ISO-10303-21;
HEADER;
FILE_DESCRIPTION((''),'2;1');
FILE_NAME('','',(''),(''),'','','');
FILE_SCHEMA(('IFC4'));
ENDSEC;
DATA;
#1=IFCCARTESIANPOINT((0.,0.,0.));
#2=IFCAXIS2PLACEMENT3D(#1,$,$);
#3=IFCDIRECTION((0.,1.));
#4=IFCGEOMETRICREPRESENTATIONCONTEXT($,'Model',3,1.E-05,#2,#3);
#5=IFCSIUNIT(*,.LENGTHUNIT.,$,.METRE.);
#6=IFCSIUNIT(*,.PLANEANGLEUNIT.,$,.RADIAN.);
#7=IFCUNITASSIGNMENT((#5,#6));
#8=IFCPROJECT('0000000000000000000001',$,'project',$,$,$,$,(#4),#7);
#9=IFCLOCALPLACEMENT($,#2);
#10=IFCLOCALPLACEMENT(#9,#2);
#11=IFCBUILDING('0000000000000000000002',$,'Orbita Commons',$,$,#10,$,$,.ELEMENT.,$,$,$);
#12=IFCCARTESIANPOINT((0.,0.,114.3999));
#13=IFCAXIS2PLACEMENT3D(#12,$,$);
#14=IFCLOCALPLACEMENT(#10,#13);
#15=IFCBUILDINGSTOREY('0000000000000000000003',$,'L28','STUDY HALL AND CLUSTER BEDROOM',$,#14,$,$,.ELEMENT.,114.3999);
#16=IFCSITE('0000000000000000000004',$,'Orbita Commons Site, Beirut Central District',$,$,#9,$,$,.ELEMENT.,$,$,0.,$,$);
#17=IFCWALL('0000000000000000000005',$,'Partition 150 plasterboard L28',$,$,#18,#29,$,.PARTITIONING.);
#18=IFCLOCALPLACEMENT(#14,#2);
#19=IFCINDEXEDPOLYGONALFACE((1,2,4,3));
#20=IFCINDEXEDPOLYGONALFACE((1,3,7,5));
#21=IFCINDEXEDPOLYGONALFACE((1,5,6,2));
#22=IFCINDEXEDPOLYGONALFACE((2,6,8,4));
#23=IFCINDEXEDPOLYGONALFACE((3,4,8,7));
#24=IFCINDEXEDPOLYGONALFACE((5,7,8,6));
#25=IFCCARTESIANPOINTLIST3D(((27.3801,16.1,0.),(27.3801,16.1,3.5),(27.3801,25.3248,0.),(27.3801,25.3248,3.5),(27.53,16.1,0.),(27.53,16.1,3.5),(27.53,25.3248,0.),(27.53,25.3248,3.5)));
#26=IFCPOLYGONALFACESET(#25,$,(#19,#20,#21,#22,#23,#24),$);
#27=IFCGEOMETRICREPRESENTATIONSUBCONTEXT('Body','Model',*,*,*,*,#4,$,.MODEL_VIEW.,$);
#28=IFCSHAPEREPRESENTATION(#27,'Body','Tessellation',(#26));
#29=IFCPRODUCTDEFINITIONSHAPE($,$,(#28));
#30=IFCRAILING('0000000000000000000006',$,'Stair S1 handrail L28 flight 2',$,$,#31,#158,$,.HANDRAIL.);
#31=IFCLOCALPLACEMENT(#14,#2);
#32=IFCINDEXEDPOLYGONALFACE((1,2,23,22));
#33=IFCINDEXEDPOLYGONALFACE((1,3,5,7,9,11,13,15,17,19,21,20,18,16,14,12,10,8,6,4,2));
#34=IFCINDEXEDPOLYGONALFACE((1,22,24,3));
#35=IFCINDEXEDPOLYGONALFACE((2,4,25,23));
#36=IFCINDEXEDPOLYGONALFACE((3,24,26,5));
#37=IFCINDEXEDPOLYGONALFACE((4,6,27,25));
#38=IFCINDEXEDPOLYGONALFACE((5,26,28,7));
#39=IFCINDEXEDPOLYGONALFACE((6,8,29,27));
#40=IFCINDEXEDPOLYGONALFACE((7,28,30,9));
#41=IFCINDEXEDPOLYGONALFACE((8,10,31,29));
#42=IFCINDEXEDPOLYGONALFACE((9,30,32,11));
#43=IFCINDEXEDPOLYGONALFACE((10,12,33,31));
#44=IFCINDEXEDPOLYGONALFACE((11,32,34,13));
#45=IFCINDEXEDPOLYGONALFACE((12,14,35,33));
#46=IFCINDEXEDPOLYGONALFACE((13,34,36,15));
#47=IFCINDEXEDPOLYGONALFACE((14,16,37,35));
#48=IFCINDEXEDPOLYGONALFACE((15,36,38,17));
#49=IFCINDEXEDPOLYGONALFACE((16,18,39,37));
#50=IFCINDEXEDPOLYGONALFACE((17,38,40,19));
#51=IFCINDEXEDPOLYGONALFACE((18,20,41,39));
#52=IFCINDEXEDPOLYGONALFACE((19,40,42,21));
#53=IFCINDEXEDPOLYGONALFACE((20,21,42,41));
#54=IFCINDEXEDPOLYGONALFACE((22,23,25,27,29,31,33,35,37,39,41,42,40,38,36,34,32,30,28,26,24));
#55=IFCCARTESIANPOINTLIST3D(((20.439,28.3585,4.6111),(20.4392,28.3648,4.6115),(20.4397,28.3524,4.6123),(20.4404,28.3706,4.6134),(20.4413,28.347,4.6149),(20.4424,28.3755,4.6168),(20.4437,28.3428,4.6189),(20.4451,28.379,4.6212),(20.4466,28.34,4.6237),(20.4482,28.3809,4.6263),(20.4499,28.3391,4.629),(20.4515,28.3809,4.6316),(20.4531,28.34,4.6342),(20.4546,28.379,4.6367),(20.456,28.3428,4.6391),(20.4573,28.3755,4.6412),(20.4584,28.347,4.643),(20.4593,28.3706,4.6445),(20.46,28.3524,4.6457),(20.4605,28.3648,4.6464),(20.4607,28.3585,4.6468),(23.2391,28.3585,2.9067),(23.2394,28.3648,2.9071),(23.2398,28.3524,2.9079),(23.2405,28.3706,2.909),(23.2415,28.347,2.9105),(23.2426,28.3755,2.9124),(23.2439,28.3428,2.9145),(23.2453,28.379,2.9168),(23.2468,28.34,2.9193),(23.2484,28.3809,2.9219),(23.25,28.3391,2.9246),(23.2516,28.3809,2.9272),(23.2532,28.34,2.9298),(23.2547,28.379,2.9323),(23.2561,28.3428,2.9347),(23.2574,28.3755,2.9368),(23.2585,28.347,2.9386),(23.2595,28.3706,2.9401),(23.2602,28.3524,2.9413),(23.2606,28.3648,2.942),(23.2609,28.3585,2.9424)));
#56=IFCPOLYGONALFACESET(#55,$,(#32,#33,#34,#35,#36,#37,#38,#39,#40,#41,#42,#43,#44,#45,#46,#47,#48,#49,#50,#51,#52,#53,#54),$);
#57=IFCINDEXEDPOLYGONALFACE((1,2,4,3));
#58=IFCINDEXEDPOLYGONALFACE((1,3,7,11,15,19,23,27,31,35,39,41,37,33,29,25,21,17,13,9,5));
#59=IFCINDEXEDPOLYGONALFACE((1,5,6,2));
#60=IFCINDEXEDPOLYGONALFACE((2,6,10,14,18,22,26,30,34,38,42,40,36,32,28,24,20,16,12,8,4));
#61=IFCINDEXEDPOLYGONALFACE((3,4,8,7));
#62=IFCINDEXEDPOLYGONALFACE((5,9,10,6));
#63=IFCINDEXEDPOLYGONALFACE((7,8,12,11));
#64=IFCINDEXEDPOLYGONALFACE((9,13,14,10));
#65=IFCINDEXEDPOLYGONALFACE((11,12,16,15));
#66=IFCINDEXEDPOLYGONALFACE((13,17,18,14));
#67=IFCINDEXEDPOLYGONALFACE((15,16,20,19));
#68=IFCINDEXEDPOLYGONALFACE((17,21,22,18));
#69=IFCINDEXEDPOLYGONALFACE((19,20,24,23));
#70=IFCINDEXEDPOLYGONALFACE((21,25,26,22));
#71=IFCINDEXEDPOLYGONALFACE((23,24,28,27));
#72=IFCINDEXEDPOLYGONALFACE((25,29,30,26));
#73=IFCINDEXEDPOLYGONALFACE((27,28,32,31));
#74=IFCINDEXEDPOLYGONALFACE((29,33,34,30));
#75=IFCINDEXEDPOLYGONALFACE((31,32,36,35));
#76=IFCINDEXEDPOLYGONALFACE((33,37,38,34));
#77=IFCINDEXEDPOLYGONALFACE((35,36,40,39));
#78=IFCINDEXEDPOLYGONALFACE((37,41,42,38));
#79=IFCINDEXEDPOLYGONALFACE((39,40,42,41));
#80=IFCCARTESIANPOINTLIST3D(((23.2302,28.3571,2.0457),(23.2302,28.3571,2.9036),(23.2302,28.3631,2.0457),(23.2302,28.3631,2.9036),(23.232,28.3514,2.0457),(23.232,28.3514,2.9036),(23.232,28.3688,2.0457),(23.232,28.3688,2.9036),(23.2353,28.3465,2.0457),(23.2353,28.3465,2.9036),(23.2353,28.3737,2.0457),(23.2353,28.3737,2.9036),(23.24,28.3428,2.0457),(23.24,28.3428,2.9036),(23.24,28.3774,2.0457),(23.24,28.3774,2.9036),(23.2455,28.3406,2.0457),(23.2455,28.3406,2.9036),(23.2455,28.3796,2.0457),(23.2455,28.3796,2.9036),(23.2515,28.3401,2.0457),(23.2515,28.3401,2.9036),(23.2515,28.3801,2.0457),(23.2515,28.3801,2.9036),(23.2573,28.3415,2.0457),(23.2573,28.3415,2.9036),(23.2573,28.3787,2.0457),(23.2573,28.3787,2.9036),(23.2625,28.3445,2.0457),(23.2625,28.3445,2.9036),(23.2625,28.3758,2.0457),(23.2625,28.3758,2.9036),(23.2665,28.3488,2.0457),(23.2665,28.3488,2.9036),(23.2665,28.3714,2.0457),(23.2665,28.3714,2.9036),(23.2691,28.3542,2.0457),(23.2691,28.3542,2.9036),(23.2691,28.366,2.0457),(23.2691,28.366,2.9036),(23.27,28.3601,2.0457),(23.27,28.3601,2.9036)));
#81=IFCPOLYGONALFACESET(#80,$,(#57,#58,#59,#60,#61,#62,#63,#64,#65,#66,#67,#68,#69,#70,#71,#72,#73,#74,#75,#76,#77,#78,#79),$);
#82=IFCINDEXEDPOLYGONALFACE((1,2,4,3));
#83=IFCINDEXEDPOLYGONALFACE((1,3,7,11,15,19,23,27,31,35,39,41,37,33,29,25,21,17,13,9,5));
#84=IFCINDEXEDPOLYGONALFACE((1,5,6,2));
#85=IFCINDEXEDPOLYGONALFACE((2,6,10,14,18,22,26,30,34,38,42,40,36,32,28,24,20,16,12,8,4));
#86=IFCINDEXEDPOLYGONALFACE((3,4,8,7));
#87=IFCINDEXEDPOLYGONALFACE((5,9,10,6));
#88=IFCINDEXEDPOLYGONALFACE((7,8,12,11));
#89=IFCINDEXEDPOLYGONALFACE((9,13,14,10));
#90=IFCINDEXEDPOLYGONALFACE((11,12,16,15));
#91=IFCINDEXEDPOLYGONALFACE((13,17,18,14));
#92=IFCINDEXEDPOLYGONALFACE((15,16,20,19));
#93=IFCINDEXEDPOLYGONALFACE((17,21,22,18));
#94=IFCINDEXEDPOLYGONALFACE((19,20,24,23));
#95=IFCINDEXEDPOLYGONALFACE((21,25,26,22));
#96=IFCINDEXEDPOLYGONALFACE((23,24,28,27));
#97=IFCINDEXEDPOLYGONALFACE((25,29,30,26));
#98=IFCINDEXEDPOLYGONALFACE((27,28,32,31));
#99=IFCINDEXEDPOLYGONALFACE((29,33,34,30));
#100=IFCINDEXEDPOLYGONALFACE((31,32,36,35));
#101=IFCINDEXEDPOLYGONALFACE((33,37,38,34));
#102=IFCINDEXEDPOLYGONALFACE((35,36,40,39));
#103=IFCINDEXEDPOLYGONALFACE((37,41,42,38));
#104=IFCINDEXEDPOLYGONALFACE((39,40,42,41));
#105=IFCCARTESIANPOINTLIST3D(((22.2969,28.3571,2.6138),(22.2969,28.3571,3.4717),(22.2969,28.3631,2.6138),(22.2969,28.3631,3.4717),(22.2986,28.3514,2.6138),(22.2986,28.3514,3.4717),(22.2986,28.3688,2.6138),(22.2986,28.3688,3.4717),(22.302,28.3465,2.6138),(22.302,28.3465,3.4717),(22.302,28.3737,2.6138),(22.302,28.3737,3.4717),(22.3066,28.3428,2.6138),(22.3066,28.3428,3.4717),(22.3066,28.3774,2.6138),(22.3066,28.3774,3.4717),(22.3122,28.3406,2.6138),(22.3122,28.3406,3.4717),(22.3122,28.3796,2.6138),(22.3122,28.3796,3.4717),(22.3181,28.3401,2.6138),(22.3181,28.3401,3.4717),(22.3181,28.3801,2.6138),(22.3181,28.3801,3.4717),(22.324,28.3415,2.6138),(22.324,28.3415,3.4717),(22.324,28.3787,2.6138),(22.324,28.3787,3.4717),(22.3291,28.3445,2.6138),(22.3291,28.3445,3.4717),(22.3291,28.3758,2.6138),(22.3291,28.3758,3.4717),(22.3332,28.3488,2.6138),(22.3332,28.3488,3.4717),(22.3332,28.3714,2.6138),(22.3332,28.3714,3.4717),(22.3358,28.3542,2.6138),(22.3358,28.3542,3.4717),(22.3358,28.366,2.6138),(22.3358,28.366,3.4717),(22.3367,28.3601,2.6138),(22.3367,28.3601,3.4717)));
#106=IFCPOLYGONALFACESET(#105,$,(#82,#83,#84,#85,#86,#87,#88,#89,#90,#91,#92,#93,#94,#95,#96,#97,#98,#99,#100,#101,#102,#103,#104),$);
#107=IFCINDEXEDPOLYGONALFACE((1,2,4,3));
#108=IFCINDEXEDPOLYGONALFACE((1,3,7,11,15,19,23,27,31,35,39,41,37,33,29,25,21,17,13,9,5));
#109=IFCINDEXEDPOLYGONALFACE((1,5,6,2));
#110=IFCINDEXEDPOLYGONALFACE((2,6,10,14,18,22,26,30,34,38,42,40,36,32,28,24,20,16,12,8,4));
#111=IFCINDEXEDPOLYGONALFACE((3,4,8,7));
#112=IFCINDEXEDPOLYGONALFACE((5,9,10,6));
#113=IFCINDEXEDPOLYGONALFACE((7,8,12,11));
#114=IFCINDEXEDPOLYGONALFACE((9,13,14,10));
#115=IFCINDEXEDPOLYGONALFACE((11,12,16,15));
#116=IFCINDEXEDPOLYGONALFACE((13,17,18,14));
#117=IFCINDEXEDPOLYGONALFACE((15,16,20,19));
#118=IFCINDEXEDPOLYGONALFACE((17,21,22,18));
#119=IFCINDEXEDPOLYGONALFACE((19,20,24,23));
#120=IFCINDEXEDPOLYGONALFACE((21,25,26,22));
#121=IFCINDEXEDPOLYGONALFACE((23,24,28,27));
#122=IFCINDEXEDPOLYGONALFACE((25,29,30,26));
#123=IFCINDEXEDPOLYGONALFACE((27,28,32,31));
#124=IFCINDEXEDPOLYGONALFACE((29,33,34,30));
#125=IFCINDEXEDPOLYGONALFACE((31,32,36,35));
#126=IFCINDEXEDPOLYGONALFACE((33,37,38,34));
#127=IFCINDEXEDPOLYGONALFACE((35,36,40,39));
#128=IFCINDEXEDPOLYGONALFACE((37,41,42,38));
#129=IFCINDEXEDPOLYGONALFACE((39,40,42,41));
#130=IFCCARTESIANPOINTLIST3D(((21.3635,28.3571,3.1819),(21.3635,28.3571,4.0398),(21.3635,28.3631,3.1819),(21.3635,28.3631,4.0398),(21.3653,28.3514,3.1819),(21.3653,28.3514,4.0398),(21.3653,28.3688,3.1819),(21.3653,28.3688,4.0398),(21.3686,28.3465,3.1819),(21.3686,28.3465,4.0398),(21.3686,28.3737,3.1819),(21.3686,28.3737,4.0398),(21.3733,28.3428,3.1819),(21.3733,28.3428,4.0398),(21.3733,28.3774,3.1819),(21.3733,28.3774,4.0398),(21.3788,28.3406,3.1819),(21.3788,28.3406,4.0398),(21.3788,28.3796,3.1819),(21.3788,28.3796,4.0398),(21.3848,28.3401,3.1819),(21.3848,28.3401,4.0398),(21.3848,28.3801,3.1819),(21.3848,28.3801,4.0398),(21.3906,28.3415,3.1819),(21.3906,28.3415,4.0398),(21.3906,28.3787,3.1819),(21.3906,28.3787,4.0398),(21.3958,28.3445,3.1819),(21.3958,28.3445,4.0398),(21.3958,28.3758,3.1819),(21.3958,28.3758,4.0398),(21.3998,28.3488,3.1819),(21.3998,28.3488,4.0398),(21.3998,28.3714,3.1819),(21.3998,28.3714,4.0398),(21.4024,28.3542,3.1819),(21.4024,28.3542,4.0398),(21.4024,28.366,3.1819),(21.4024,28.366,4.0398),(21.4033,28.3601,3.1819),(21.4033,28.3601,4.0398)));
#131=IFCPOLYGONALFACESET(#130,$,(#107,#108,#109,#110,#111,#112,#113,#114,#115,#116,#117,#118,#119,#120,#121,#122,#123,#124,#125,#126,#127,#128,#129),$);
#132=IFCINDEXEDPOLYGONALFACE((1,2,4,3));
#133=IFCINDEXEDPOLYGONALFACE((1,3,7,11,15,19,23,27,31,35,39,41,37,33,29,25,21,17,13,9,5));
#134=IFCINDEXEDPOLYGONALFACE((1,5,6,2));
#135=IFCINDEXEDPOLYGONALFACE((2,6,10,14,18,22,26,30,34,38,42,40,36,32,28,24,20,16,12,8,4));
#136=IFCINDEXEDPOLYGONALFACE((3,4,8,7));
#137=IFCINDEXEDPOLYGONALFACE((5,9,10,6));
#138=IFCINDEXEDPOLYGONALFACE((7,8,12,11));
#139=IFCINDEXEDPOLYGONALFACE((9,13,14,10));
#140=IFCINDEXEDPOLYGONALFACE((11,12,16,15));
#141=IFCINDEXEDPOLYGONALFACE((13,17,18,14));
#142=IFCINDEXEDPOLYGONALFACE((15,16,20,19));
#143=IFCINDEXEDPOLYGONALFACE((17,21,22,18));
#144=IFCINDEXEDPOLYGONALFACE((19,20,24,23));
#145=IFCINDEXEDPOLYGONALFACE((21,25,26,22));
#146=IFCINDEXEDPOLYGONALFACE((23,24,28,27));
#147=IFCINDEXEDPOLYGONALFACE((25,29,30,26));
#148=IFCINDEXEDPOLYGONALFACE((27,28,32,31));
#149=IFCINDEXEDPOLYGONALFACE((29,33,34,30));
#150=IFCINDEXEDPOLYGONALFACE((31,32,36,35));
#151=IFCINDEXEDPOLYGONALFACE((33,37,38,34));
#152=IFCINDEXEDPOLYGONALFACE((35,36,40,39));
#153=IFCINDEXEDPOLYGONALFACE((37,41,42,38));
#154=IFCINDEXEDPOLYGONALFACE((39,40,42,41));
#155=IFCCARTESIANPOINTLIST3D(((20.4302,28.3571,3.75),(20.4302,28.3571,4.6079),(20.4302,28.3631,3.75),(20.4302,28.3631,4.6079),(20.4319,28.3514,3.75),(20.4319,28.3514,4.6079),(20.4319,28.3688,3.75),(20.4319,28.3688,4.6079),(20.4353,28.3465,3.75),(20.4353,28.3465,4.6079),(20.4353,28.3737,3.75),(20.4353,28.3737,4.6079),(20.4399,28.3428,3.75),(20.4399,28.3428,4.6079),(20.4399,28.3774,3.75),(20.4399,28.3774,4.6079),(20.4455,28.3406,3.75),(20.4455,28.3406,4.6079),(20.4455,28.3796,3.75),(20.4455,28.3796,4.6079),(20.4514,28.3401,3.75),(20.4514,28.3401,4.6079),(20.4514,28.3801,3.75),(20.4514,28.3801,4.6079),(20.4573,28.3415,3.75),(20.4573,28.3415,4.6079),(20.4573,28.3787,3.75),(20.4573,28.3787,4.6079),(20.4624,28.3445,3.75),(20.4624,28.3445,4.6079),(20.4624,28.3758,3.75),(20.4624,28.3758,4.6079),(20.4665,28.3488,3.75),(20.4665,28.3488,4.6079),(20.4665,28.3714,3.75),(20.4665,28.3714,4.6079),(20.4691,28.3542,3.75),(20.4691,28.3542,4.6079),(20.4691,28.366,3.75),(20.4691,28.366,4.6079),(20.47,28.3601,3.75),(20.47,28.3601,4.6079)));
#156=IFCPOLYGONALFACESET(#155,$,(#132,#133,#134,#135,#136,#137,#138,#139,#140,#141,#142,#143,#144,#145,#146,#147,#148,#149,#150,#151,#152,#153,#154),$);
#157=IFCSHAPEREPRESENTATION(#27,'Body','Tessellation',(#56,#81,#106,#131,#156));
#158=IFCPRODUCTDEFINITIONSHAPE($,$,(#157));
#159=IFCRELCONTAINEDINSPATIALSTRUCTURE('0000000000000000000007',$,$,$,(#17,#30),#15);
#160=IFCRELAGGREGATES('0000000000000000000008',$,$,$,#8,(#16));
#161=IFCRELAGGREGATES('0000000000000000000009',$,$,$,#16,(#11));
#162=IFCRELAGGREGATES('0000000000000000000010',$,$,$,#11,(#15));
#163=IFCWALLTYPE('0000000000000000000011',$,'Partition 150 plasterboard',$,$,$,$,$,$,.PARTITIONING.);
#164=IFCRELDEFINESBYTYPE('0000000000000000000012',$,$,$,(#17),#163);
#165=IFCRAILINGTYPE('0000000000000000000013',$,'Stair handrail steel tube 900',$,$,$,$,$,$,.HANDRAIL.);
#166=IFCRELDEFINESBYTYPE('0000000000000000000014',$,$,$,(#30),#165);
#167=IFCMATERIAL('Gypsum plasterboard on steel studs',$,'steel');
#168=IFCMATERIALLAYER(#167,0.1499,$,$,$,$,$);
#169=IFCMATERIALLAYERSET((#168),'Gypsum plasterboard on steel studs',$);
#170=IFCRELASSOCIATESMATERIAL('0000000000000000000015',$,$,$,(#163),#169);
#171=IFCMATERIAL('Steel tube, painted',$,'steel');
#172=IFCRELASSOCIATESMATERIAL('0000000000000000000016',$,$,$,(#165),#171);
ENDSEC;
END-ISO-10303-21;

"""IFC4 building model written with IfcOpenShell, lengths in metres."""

from ifc_helpers import new_model, si_unit, direction, frame, frame_2d, origin, origin_2d, place, context, subcontext, project, spatial, rectangle, circle, extrude, material, layer, layer_set, type_object, element, save


model = new_model("IFC4")

# Units and contexts
model_context = context("Model", 3, precision=1e-05, world=origin(), true_north=direction((0.0, 1.0)))
body_context = subcontext(model_context, "Body", "Model", "MODEL_VIEW")
ifc_project = project(units=[si_unit("LENGTHUNIT", "METRE"), si_unit("PLANEANGLEUNIT", "RADIAN")], contexts=[model_context])

# Site, building, storey
site_placement = place(None, origin())
site = spatial("IfcSite", under=ifc_project, at=site_placement, Name="Orbita Commons Site, Beirut Central District", CompositionType="ELEMENT", RefElevation=0.0)
building_placement = place(site_placement, origin())
building = spatial("IfcBuilding", under=site, at=building_placement, Name="Orbita Commons", CompositionType="ELEMENT")
storey_placement = place(building_placement, frame((0.0, 0.0, 114.3999)))
storey = spatial("IfcBuildingStorey", under=building, at=storey_placement, Name="L28", Description="STUDY HALL AND CLUSTER BEDROOM", CompositionType="ELEMENT", Elevation=114.3999)

# Wall
ifc_material_1 = material(Name="Gypsum plasterboard on steel studs", Category="steel")
ifc_layer_1 = layer(ifc_material_1, 0.1499)
ifc_layer_set_1 = layer_set([ifc_layer_1], Name="Gypsum plasterboard on steel studs")
wall_type_1 = type_object("IfcWallType", Name="Partition 150 plasterboard", PredefinedType="PARTITIONING", material=ifc_layer_set_1)
wall_1_placement = place(storey_placement, frame((27.4551, 16.1001, 0.0), z_axis=(0.0, 0.0, 1.0), x_axis=(0.0, 1.0, 0.0)))
element("IfcWall", 1, at=wall_1_placement, inside=storey, type_object=wall_type_1, Name="Partition 150 plasterboard L28", PredefinedType="PARTITIONING", context=body_context, shape_type="SweptSolid", body=[
    extrude(rectangle(XDim=9.2249, YDim=0.1499, at=frame_2d((4.6123, 0.0))), origin(), (0.0, 0.0, 1.0), 3.5),
])

# Railing
ifc_material_2 = material(Name="Steel tube, painted", Category="steel")
railing_type = type_object("IfcRailingType", Name="Stair handrail steel tube 900", PredefinedType="HANDRAIL", material=ifc_material_2)
for number, where, name in (
    (2, (23.25, 28.3601, 2.0457), "Stair S1 handrail L28 flight 2"),
):
    element("IfcRailing", number, at=place(storey_placement, frame(where)), inside=storey, type_object=railing_type, Name=name, PredefinedType="HANDRAIL", context=body_context, shape_type="SweptSolid", body=[
        extrude(circle(Radius=0.021, at=origin_2d()), frame((0.0, 0.0, 0.8789), z_axis=(-0.854203, 0.0, 0.51994), x_axis=(0.0, -1.0, 0.0)), (0.0, 0.0, 1.0), 3.2781),
        extrude(circle(Radius=0.02, at=origin_2d()), origin(), (0.0, 0.0, 1.0), 0.8579),
        extrude(circle(Radius=0.02, at=origin_2d()), frame((-0.9333, 0.0, 0.5681)), (0.0, 0.0, 1.0), 0.8579),
        extrude(circle(Radius=0.02, at=origin_2d()), frame((-1.8667, 0.0, 1.1362)), (0.0, 0.0, 1.0), 0.8579),
        extrude(circle(Radius=0.02, at=origin_2d()), frame((-2.8, 0.0, 1.7043)), (0.0, 0.0, 1.0), 0.8579),
    ])

save(model, "model.ifc")
